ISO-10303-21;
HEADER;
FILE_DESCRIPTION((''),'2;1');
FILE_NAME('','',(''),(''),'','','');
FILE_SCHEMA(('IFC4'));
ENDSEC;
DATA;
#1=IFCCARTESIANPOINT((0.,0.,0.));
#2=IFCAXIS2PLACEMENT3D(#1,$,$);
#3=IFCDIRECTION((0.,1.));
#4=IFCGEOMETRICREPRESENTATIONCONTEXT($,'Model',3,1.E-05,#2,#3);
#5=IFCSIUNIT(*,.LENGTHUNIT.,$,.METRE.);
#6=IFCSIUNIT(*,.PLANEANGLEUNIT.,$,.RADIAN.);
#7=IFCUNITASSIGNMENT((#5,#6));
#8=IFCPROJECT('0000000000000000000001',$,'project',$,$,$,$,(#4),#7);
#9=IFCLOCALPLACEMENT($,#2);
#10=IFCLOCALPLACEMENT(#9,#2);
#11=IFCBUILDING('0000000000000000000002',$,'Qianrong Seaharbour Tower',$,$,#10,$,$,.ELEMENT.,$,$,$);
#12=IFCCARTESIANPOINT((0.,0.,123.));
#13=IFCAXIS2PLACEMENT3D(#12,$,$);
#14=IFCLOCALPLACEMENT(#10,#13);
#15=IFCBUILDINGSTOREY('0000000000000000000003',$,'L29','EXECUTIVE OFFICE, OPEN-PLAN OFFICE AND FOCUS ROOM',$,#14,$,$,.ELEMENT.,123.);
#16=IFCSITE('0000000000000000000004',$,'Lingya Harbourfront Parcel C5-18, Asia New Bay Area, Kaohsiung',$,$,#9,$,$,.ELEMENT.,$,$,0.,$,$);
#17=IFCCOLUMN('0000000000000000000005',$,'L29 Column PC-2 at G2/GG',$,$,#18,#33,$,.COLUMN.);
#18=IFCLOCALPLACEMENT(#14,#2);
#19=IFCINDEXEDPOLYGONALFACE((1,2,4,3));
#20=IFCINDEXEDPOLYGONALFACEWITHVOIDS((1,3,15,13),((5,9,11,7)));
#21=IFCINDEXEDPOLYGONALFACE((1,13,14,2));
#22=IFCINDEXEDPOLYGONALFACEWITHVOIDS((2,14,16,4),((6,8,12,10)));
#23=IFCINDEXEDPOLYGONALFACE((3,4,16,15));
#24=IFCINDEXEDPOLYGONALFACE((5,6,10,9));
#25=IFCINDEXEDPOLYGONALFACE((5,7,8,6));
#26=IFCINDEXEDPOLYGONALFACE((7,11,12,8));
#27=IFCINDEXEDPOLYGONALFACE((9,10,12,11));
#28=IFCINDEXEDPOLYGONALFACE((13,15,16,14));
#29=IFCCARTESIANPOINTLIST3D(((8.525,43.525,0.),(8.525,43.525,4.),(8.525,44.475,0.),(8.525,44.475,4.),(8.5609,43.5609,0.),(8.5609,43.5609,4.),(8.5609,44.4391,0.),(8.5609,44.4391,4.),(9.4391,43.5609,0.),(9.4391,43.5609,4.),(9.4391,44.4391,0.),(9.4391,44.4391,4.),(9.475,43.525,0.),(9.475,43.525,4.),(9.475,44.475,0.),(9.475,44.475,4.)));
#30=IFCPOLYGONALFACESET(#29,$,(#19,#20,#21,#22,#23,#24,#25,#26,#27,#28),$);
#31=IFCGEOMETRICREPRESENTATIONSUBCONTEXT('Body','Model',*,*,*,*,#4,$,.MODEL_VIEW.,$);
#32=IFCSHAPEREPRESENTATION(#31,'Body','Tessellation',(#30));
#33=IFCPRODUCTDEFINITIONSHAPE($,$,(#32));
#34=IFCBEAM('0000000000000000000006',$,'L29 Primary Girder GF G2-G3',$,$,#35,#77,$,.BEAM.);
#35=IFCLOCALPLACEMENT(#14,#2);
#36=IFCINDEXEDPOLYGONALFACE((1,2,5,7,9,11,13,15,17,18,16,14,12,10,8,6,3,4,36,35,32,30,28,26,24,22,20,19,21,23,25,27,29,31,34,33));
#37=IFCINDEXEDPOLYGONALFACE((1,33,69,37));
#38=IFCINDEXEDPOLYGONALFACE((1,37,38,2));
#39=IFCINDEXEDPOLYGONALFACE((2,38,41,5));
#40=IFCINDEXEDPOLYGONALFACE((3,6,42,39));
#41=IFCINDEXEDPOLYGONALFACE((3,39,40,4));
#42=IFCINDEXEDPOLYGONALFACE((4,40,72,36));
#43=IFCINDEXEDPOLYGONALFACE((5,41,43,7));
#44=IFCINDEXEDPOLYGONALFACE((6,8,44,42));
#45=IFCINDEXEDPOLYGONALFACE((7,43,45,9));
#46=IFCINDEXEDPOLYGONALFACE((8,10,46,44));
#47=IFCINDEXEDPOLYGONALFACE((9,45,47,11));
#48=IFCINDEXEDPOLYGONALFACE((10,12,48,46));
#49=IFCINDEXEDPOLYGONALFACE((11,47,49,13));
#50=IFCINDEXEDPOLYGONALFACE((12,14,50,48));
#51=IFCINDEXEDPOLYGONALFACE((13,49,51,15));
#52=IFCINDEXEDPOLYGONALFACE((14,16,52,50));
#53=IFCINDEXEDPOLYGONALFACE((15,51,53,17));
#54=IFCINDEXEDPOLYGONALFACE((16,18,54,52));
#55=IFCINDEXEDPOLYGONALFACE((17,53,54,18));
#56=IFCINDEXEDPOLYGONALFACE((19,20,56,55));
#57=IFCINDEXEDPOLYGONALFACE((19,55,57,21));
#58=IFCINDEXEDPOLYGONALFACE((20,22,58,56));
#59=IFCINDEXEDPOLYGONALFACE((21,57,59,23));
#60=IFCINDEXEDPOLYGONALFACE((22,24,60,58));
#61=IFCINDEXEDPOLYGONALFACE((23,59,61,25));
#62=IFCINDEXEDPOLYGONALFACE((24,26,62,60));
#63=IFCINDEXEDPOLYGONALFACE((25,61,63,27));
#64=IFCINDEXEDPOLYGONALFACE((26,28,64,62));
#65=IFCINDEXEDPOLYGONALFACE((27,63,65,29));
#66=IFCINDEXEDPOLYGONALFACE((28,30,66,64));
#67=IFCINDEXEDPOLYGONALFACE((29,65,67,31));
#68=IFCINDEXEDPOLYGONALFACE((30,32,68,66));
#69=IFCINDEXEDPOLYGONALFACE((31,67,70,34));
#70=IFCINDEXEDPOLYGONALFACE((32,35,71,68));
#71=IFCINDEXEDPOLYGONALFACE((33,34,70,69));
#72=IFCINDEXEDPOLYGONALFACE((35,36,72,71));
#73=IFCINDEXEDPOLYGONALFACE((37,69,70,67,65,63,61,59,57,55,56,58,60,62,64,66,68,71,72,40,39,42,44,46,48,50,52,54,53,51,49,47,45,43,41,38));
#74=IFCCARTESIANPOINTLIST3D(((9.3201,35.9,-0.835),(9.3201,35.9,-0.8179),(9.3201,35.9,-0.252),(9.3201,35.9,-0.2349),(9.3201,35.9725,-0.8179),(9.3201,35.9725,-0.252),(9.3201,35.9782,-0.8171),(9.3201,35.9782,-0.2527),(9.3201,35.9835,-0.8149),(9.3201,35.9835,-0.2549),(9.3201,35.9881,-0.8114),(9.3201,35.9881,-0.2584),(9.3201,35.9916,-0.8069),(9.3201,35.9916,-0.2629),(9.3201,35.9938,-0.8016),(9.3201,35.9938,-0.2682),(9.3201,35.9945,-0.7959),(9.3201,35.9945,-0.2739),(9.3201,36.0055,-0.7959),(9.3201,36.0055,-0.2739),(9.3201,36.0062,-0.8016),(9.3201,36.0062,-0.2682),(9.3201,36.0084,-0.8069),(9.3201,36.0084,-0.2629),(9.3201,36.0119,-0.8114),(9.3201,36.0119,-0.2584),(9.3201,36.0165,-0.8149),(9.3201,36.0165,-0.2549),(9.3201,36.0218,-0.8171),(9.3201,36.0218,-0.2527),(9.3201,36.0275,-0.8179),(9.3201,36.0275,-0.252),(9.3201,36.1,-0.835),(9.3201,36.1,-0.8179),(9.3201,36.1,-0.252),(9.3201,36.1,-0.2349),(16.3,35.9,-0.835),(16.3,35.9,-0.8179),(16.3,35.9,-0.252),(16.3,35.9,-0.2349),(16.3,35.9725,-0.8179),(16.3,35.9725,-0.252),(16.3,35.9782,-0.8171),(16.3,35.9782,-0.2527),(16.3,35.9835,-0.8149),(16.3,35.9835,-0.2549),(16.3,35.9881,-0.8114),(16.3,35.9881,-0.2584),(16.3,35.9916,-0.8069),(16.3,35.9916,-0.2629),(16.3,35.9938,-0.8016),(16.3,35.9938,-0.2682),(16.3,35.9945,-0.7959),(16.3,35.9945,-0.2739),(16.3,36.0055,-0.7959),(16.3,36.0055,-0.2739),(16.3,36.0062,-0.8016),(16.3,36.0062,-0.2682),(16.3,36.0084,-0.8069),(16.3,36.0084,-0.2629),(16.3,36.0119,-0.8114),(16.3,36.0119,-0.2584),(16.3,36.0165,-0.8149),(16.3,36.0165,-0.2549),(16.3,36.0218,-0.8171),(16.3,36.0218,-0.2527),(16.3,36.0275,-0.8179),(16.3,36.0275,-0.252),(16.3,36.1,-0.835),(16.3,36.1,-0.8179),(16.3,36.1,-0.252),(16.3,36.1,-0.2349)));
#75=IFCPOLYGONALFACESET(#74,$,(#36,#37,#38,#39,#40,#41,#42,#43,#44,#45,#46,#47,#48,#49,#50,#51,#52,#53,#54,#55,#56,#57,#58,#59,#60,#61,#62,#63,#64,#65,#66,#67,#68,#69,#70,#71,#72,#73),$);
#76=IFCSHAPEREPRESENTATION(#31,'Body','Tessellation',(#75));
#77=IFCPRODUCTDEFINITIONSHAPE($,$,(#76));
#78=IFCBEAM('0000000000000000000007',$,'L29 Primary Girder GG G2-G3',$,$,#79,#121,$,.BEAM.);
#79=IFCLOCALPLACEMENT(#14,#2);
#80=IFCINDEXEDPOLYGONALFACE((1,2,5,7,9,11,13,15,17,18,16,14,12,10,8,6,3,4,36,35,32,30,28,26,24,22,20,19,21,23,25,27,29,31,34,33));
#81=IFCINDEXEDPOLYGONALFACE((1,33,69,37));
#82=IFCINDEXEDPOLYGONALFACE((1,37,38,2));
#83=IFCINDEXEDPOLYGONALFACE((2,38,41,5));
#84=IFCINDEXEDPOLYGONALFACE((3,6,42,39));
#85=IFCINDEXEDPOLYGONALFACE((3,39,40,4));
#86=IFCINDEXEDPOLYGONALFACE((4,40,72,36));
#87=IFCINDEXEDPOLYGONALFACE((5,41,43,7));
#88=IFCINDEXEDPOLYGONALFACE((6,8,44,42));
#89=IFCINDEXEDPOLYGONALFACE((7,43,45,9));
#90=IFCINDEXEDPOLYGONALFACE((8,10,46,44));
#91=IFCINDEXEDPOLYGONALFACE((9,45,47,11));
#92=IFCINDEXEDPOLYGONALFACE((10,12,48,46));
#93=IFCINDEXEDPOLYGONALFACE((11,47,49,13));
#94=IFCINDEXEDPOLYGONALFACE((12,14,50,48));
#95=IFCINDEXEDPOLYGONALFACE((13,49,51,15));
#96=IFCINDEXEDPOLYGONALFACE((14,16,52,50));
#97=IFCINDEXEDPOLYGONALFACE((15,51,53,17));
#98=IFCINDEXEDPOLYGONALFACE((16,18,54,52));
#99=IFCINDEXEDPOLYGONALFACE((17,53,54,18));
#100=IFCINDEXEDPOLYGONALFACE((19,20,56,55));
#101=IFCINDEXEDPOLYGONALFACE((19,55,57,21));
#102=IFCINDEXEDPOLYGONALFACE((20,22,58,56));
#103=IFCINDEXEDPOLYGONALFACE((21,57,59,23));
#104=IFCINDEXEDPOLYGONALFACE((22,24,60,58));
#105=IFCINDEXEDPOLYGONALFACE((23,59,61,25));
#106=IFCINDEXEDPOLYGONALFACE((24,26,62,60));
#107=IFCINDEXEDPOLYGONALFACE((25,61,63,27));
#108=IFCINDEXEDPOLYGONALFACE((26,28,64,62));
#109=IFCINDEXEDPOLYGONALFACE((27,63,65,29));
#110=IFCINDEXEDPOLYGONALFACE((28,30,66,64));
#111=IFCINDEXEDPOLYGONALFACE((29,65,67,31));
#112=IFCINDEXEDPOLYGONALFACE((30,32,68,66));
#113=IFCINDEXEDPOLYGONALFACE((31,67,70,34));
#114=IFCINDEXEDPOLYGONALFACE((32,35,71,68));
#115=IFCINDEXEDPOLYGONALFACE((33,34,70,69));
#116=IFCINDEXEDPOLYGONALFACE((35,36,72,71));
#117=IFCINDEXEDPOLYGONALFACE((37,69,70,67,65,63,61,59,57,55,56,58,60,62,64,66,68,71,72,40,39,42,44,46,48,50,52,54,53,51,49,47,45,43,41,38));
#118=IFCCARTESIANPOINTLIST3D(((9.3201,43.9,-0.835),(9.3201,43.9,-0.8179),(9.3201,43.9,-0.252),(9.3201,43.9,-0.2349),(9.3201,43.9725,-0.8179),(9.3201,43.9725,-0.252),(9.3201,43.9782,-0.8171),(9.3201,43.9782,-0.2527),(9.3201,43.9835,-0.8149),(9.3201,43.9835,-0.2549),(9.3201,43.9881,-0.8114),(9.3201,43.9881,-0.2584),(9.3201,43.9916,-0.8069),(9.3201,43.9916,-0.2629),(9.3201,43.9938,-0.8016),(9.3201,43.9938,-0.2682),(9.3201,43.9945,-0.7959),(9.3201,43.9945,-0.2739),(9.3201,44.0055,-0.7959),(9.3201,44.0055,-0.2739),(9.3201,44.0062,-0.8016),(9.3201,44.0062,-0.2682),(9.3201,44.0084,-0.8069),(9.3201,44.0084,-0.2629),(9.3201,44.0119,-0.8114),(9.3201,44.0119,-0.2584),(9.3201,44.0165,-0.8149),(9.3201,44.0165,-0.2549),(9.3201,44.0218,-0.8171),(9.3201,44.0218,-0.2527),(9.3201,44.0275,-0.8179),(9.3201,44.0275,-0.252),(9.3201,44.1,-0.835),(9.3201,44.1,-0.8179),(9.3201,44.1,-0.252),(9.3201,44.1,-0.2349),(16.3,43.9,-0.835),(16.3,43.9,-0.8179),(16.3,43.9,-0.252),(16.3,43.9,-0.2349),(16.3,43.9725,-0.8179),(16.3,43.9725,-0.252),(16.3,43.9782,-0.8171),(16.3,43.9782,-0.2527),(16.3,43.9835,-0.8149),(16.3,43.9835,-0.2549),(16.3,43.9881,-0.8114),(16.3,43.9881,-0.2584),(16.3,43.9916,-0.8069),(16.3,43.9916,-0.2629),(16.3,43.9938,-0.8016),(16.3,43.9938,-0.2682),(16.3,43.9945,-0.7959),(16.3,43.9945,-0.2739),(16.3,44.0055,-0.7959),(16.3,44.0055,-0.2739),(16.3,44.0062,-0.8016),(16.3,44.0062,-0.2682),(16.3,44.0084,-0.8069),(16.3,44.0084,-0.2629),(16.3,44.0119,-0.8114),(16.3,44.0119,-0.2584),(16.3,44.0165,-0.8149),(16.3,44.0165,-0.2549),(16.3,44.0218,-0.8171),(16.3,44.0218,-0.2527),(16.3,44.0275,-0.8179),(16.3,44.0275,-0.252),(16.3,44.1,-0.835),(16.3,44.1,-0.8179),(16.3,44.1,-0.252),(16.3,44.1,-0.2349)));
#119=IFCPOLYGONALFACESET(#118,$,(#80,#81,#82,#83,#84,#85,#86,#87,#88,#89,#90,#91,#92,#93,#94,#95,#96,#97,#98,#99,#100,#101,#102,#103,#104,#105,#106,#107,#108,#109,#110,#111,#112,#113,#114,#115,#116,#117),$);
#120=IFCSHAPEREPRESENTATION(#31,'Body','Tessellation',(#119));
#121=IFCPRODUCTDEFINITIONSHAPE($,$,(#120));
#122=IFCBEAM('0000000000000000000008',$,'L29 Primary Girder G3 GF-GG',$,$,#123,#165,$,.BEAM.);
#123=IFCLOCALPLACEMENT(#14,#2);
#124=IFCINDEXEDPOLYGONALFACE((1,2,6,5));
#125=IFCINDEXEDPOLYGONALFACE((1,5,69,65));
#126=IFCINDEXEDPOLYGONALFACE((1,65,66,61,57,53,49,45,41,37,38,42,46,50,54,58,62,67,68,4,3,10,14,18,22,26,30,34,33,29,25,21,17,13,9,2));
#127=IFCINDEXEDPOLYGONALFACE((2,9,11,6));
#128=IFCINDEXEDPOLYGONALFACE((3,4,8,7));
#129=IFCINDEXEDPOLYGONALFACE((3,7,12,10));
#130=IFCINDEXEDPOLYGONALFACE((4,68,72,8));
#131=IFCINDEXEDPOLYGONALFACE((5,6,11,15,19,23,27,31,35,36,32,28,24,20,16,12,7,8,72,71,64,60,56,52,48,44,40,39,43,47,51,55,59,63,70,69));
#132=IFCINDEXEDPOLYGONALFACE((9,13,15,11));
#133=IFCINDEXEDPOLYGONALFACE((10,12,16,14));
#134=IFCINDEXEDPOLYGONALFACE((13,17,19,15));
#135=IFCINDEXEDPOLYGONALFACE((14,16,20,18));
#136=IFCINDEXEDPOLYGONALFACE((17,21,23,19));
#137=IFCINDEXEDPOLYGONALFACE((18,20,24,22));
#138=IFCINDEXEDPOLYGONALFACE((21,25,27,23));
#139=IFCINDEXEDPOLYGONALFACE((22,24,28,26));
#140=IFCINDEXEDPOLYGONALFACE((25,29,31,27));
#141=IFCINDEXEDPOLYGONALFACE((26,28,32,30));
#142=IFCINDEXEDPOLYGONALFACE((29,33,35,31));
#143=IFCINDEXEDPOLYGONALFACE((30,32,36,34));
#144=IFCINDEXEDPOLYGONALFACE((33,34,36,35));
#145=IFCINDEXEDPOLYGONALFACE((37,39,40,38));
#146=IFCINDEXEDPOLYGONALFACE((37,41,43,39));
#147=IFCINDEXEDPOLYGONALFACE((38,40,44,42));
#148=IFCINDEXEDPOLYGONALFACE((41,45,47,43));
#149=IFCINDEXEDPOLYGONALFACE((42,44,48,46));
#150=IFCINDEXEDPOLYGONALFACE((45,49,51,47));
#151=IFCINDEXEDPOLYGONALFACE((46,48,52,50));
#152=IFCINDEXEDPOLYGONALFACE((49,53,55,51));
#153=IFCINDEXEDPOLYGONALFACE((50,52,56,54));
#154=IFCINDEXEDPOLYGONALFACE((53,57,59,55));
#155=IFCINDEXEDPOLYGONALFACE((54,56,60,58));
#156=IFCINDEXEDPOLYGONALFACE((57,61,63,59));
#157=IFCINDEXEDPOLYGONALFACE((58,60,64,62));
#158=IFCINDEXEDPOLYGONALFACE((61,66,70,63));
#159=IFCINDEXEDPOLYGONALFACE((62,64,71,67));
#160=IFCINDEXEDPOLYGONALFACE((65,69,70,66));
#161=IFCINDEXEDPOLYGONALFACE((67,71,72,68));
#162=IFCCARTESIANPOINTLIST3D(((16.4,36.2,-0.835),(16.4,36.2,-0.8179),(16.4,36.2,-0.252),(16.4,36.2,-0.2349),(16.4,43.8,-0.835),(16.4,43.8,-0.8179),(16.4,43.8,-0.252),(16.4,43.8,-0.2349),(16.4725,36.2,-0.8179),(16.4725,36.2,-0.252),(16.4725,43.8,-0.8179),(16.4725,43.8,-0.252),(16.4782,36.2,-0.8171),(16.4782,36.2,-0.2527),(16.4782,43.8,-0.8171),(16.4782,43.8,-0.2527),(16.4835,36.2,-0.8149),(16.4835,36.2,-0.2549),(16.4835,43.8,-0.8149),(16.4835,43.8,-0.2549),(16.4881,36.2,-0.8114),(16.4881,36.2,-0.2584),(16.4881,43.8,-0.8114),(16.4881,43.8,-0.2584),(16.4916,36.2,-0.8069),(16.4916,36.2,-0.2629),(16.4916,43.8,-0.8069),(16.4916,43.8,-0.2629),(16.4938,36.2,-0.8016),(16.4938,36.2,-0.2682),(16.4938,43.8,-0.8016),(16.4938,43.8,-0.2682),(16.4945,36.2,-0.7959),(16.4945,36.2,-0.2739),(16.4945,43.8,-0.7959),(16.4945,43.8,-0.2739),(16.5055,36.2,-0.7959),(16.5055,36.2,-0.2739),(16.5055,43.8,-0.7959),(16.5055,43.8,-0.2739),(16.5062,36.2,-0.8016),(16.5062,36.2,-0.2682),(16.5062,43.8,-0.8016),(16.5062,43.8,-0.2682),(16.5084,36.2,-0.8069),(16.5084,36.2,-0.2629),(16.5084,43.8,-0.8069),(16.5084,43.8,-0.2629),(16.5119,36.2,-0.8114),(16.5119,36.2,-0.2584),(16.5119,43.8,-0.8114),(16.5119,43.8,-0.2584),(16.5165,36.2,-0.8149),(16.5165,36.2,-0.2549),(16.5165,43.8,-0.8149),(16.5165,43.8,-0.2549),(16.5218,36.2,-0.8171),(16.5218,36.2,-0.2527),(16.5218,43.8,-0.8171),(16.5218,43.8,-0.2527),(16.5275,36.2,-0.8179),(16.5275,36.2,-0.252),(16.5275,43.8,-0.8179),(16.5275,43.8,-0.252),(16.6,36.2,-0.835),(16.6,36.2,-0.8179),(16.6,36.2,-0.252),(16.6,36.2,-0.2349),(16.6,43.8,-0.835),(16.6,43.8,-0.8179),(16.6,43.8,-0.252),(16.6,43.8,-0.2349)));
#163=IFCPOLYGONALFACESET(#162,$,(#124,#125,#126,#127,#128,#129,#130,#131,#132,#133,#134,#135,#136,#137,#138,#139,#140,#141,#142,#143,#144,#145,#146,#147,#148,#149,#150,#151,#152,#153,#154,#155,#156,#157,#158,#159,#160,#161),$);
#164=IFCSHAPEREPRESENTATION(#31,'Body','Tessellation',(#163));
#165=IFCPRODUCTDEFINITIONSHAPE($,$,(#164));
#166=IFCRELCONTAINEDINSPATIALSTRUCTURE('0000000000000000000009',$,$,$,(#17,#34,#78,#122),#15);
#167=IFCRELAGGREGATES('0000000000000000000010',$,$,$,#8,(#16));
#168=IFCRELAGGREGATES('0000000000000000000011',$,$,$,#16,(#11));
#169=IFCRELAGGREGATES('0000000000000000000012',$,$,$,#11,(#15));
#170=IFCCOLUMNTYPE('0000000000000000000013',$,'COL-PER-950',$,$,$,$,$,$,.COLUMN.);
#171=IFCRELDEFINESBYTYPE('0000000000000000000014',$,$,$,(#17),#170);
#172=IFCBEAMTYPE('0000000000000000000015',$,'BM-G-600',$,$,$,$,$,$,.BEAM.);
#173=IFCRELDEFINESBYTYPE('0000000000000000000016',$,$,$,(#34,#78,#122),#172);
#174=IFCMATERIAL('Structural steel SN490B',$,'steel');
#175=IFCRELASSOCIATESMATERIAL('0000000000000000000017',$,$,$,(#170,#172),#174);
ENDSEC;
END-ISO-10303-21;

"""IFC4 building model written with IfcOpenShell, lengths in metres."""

from ifc_helpers import new_model, si_unit, direction, frame, origin, origin_2d, place, context, subcontext, project, spatial, hollow_rectangle, i_section, extrude, material, material_profile, profile_set, type_object, element, save


model = new_model("IFC4")

# Units and contexts
model_context = context("Model", 3, precision=1e-05, world=origin(), true_north=direction((0.0, 1.0)))
body_context = subcontext(model_context, "Body", "Model", "MODEL_VIEW")
ifc_project = project(units=[si_unit("LENGTHUNIT", "METRE"), si_unit("PLANEANGLEUNIT", "RADIAN")], contexts=[model_context])

# Site, building, storey
site_placement = place(None, origin())
site = spatial("IfcSite", under=ifc_project, at=site_placement, Name="Lingya Harbourfront Parcel C5-18, Asia New Bay Area, Kaohsiung", CompositionType="ELEMENT", RefElevation=0.0)
building_placement = place(site_placement, origin())
building = spatial("IfcBuilding", under=site, at=building_placement, Name="Qianrong Seaharbour Tower", CompositionType="ELEMENT")
storey_placement = place(building_placement, frame((0.0, 0.0, 123.0)))
storey = spatial("IfcBuildingStorey", under=building, at=storey_placement, Name="L29", Description="EXECUTIVE OFFICE, OPEN-PLAN OFFICE AND FOCUS ROOM", CompositionType="ELEMENT", Elevation=123.0)

# Column
ifc_material_1 = material(Name="Structural steel SN490B", Category="steel")
ifc_material_profile_1 = material_profile(ifc_material_1, hollow_rectangle(XDim=0.95, YDim=0.95, WallThickness=0.0359, at=origin_2d()), Name="BOX950x950x36")
ifc_profile_set_1 = profile_set([ifc_material_profile_1], Name="Structural steel SN490B")
column_type_1 = type_object("IfcColumnType", Name="COL-PER-950", PredefinedType="COLUMN", material=ifc_profile_set_1)
column_1_placement = place(storey_placement, frame((9.0, 44.0, 0.0), z_axis=(0.0, 0.0, 1.0), x_axis=(1.0, 0.0, 0.0)))
element("IfcColumn", 1, at=column_1_placement, inside=storey, type_object=column_type_1, Name="L29 Column PC-2 at G2/GG", PredefinedType="COLUMN", context=body_context, shape_type="SweptSolid", body=[
    extrude(hollow_rectangle(XDim=0.95, YDim=0.95, WallThickness=0.0359, at=origin_2d()), origin(), (0.0, 0.0, 1.0), 4.0),
])

# Beams
ifc_material_profile_2 = material_profile(ifc_material_1, i_section(OverallWidth=0.2, OverallDepth=0.6001, WebThickness=0.011, FlangeThickness=0.0171, FilletRadius=0.022, at=origin_2d()), Name="H600x200x11x17")
ifc_profile_set_2 = profile_set([ifc_material_profile_2], Name="Structural steel SN490B")
beam_type_1 = type_object("IfcBeamType", Name="BM-G-600", PredefinedType="BEAM", material=ifc_profile_set_2)
for number, where, z_axis, x_axis, name in (
    (2, (9.3201, 36.0, -0.5349), (1.0, 0.0, 0.0), (0.0, 1.0, 0.0), "L29 Primary Girder GF G2-G3"),
    (3, (9.3201, 44.0, -0.5349), (1.0, 0.0, 0.0), (0.0, 1.0, 0.0), "L29 Primary Girder GG G2-G3"),
):
    element("IfcBeam", number, at=place(storey_placement, frame(where, z_axis=z_axis, x_axis=x_axis)), inside=storey, type_object=beam_type_1, Name=name, PredefinedType="BEAM", context=body_context, shape_type="SweptSolid", body=[
        extrude(i_section(OverallWidth=0.2, OverallDepth=0.6001, WebThickness=0.011, FlangeThickness=0.0171, FilletRadius=0.022, at=origin_2d()), origin(), (0.0, 0.0, 1.0), 6.98),
    ])
beam_1_placement = place(storey_placement, frame((16.5, 36.2, -0.5349), z_axis=(0.0, 1.0, 0.0), x_axis=(-1.0, 0.0, 0.0)))
element("IfcBeam", 4, at=beam_1_placement, inside=storey, type_object=beam_type_1, Name="L29 Primary Girder G3 GF-GG", PredefinedType="BEAM", context=body_context, shape_type="SweptSolid", body=[
    extrude(i_section(OverallWidth=0.2, OverallDepth=0.6001, WebThickness=0.011, FlangeThickness=0.0171, FilletRadius=0.022, at=origin_2d()), origin(), (0.0, 0.0, 1.0), 7.6001),
])

save(model, "model.ifc")
